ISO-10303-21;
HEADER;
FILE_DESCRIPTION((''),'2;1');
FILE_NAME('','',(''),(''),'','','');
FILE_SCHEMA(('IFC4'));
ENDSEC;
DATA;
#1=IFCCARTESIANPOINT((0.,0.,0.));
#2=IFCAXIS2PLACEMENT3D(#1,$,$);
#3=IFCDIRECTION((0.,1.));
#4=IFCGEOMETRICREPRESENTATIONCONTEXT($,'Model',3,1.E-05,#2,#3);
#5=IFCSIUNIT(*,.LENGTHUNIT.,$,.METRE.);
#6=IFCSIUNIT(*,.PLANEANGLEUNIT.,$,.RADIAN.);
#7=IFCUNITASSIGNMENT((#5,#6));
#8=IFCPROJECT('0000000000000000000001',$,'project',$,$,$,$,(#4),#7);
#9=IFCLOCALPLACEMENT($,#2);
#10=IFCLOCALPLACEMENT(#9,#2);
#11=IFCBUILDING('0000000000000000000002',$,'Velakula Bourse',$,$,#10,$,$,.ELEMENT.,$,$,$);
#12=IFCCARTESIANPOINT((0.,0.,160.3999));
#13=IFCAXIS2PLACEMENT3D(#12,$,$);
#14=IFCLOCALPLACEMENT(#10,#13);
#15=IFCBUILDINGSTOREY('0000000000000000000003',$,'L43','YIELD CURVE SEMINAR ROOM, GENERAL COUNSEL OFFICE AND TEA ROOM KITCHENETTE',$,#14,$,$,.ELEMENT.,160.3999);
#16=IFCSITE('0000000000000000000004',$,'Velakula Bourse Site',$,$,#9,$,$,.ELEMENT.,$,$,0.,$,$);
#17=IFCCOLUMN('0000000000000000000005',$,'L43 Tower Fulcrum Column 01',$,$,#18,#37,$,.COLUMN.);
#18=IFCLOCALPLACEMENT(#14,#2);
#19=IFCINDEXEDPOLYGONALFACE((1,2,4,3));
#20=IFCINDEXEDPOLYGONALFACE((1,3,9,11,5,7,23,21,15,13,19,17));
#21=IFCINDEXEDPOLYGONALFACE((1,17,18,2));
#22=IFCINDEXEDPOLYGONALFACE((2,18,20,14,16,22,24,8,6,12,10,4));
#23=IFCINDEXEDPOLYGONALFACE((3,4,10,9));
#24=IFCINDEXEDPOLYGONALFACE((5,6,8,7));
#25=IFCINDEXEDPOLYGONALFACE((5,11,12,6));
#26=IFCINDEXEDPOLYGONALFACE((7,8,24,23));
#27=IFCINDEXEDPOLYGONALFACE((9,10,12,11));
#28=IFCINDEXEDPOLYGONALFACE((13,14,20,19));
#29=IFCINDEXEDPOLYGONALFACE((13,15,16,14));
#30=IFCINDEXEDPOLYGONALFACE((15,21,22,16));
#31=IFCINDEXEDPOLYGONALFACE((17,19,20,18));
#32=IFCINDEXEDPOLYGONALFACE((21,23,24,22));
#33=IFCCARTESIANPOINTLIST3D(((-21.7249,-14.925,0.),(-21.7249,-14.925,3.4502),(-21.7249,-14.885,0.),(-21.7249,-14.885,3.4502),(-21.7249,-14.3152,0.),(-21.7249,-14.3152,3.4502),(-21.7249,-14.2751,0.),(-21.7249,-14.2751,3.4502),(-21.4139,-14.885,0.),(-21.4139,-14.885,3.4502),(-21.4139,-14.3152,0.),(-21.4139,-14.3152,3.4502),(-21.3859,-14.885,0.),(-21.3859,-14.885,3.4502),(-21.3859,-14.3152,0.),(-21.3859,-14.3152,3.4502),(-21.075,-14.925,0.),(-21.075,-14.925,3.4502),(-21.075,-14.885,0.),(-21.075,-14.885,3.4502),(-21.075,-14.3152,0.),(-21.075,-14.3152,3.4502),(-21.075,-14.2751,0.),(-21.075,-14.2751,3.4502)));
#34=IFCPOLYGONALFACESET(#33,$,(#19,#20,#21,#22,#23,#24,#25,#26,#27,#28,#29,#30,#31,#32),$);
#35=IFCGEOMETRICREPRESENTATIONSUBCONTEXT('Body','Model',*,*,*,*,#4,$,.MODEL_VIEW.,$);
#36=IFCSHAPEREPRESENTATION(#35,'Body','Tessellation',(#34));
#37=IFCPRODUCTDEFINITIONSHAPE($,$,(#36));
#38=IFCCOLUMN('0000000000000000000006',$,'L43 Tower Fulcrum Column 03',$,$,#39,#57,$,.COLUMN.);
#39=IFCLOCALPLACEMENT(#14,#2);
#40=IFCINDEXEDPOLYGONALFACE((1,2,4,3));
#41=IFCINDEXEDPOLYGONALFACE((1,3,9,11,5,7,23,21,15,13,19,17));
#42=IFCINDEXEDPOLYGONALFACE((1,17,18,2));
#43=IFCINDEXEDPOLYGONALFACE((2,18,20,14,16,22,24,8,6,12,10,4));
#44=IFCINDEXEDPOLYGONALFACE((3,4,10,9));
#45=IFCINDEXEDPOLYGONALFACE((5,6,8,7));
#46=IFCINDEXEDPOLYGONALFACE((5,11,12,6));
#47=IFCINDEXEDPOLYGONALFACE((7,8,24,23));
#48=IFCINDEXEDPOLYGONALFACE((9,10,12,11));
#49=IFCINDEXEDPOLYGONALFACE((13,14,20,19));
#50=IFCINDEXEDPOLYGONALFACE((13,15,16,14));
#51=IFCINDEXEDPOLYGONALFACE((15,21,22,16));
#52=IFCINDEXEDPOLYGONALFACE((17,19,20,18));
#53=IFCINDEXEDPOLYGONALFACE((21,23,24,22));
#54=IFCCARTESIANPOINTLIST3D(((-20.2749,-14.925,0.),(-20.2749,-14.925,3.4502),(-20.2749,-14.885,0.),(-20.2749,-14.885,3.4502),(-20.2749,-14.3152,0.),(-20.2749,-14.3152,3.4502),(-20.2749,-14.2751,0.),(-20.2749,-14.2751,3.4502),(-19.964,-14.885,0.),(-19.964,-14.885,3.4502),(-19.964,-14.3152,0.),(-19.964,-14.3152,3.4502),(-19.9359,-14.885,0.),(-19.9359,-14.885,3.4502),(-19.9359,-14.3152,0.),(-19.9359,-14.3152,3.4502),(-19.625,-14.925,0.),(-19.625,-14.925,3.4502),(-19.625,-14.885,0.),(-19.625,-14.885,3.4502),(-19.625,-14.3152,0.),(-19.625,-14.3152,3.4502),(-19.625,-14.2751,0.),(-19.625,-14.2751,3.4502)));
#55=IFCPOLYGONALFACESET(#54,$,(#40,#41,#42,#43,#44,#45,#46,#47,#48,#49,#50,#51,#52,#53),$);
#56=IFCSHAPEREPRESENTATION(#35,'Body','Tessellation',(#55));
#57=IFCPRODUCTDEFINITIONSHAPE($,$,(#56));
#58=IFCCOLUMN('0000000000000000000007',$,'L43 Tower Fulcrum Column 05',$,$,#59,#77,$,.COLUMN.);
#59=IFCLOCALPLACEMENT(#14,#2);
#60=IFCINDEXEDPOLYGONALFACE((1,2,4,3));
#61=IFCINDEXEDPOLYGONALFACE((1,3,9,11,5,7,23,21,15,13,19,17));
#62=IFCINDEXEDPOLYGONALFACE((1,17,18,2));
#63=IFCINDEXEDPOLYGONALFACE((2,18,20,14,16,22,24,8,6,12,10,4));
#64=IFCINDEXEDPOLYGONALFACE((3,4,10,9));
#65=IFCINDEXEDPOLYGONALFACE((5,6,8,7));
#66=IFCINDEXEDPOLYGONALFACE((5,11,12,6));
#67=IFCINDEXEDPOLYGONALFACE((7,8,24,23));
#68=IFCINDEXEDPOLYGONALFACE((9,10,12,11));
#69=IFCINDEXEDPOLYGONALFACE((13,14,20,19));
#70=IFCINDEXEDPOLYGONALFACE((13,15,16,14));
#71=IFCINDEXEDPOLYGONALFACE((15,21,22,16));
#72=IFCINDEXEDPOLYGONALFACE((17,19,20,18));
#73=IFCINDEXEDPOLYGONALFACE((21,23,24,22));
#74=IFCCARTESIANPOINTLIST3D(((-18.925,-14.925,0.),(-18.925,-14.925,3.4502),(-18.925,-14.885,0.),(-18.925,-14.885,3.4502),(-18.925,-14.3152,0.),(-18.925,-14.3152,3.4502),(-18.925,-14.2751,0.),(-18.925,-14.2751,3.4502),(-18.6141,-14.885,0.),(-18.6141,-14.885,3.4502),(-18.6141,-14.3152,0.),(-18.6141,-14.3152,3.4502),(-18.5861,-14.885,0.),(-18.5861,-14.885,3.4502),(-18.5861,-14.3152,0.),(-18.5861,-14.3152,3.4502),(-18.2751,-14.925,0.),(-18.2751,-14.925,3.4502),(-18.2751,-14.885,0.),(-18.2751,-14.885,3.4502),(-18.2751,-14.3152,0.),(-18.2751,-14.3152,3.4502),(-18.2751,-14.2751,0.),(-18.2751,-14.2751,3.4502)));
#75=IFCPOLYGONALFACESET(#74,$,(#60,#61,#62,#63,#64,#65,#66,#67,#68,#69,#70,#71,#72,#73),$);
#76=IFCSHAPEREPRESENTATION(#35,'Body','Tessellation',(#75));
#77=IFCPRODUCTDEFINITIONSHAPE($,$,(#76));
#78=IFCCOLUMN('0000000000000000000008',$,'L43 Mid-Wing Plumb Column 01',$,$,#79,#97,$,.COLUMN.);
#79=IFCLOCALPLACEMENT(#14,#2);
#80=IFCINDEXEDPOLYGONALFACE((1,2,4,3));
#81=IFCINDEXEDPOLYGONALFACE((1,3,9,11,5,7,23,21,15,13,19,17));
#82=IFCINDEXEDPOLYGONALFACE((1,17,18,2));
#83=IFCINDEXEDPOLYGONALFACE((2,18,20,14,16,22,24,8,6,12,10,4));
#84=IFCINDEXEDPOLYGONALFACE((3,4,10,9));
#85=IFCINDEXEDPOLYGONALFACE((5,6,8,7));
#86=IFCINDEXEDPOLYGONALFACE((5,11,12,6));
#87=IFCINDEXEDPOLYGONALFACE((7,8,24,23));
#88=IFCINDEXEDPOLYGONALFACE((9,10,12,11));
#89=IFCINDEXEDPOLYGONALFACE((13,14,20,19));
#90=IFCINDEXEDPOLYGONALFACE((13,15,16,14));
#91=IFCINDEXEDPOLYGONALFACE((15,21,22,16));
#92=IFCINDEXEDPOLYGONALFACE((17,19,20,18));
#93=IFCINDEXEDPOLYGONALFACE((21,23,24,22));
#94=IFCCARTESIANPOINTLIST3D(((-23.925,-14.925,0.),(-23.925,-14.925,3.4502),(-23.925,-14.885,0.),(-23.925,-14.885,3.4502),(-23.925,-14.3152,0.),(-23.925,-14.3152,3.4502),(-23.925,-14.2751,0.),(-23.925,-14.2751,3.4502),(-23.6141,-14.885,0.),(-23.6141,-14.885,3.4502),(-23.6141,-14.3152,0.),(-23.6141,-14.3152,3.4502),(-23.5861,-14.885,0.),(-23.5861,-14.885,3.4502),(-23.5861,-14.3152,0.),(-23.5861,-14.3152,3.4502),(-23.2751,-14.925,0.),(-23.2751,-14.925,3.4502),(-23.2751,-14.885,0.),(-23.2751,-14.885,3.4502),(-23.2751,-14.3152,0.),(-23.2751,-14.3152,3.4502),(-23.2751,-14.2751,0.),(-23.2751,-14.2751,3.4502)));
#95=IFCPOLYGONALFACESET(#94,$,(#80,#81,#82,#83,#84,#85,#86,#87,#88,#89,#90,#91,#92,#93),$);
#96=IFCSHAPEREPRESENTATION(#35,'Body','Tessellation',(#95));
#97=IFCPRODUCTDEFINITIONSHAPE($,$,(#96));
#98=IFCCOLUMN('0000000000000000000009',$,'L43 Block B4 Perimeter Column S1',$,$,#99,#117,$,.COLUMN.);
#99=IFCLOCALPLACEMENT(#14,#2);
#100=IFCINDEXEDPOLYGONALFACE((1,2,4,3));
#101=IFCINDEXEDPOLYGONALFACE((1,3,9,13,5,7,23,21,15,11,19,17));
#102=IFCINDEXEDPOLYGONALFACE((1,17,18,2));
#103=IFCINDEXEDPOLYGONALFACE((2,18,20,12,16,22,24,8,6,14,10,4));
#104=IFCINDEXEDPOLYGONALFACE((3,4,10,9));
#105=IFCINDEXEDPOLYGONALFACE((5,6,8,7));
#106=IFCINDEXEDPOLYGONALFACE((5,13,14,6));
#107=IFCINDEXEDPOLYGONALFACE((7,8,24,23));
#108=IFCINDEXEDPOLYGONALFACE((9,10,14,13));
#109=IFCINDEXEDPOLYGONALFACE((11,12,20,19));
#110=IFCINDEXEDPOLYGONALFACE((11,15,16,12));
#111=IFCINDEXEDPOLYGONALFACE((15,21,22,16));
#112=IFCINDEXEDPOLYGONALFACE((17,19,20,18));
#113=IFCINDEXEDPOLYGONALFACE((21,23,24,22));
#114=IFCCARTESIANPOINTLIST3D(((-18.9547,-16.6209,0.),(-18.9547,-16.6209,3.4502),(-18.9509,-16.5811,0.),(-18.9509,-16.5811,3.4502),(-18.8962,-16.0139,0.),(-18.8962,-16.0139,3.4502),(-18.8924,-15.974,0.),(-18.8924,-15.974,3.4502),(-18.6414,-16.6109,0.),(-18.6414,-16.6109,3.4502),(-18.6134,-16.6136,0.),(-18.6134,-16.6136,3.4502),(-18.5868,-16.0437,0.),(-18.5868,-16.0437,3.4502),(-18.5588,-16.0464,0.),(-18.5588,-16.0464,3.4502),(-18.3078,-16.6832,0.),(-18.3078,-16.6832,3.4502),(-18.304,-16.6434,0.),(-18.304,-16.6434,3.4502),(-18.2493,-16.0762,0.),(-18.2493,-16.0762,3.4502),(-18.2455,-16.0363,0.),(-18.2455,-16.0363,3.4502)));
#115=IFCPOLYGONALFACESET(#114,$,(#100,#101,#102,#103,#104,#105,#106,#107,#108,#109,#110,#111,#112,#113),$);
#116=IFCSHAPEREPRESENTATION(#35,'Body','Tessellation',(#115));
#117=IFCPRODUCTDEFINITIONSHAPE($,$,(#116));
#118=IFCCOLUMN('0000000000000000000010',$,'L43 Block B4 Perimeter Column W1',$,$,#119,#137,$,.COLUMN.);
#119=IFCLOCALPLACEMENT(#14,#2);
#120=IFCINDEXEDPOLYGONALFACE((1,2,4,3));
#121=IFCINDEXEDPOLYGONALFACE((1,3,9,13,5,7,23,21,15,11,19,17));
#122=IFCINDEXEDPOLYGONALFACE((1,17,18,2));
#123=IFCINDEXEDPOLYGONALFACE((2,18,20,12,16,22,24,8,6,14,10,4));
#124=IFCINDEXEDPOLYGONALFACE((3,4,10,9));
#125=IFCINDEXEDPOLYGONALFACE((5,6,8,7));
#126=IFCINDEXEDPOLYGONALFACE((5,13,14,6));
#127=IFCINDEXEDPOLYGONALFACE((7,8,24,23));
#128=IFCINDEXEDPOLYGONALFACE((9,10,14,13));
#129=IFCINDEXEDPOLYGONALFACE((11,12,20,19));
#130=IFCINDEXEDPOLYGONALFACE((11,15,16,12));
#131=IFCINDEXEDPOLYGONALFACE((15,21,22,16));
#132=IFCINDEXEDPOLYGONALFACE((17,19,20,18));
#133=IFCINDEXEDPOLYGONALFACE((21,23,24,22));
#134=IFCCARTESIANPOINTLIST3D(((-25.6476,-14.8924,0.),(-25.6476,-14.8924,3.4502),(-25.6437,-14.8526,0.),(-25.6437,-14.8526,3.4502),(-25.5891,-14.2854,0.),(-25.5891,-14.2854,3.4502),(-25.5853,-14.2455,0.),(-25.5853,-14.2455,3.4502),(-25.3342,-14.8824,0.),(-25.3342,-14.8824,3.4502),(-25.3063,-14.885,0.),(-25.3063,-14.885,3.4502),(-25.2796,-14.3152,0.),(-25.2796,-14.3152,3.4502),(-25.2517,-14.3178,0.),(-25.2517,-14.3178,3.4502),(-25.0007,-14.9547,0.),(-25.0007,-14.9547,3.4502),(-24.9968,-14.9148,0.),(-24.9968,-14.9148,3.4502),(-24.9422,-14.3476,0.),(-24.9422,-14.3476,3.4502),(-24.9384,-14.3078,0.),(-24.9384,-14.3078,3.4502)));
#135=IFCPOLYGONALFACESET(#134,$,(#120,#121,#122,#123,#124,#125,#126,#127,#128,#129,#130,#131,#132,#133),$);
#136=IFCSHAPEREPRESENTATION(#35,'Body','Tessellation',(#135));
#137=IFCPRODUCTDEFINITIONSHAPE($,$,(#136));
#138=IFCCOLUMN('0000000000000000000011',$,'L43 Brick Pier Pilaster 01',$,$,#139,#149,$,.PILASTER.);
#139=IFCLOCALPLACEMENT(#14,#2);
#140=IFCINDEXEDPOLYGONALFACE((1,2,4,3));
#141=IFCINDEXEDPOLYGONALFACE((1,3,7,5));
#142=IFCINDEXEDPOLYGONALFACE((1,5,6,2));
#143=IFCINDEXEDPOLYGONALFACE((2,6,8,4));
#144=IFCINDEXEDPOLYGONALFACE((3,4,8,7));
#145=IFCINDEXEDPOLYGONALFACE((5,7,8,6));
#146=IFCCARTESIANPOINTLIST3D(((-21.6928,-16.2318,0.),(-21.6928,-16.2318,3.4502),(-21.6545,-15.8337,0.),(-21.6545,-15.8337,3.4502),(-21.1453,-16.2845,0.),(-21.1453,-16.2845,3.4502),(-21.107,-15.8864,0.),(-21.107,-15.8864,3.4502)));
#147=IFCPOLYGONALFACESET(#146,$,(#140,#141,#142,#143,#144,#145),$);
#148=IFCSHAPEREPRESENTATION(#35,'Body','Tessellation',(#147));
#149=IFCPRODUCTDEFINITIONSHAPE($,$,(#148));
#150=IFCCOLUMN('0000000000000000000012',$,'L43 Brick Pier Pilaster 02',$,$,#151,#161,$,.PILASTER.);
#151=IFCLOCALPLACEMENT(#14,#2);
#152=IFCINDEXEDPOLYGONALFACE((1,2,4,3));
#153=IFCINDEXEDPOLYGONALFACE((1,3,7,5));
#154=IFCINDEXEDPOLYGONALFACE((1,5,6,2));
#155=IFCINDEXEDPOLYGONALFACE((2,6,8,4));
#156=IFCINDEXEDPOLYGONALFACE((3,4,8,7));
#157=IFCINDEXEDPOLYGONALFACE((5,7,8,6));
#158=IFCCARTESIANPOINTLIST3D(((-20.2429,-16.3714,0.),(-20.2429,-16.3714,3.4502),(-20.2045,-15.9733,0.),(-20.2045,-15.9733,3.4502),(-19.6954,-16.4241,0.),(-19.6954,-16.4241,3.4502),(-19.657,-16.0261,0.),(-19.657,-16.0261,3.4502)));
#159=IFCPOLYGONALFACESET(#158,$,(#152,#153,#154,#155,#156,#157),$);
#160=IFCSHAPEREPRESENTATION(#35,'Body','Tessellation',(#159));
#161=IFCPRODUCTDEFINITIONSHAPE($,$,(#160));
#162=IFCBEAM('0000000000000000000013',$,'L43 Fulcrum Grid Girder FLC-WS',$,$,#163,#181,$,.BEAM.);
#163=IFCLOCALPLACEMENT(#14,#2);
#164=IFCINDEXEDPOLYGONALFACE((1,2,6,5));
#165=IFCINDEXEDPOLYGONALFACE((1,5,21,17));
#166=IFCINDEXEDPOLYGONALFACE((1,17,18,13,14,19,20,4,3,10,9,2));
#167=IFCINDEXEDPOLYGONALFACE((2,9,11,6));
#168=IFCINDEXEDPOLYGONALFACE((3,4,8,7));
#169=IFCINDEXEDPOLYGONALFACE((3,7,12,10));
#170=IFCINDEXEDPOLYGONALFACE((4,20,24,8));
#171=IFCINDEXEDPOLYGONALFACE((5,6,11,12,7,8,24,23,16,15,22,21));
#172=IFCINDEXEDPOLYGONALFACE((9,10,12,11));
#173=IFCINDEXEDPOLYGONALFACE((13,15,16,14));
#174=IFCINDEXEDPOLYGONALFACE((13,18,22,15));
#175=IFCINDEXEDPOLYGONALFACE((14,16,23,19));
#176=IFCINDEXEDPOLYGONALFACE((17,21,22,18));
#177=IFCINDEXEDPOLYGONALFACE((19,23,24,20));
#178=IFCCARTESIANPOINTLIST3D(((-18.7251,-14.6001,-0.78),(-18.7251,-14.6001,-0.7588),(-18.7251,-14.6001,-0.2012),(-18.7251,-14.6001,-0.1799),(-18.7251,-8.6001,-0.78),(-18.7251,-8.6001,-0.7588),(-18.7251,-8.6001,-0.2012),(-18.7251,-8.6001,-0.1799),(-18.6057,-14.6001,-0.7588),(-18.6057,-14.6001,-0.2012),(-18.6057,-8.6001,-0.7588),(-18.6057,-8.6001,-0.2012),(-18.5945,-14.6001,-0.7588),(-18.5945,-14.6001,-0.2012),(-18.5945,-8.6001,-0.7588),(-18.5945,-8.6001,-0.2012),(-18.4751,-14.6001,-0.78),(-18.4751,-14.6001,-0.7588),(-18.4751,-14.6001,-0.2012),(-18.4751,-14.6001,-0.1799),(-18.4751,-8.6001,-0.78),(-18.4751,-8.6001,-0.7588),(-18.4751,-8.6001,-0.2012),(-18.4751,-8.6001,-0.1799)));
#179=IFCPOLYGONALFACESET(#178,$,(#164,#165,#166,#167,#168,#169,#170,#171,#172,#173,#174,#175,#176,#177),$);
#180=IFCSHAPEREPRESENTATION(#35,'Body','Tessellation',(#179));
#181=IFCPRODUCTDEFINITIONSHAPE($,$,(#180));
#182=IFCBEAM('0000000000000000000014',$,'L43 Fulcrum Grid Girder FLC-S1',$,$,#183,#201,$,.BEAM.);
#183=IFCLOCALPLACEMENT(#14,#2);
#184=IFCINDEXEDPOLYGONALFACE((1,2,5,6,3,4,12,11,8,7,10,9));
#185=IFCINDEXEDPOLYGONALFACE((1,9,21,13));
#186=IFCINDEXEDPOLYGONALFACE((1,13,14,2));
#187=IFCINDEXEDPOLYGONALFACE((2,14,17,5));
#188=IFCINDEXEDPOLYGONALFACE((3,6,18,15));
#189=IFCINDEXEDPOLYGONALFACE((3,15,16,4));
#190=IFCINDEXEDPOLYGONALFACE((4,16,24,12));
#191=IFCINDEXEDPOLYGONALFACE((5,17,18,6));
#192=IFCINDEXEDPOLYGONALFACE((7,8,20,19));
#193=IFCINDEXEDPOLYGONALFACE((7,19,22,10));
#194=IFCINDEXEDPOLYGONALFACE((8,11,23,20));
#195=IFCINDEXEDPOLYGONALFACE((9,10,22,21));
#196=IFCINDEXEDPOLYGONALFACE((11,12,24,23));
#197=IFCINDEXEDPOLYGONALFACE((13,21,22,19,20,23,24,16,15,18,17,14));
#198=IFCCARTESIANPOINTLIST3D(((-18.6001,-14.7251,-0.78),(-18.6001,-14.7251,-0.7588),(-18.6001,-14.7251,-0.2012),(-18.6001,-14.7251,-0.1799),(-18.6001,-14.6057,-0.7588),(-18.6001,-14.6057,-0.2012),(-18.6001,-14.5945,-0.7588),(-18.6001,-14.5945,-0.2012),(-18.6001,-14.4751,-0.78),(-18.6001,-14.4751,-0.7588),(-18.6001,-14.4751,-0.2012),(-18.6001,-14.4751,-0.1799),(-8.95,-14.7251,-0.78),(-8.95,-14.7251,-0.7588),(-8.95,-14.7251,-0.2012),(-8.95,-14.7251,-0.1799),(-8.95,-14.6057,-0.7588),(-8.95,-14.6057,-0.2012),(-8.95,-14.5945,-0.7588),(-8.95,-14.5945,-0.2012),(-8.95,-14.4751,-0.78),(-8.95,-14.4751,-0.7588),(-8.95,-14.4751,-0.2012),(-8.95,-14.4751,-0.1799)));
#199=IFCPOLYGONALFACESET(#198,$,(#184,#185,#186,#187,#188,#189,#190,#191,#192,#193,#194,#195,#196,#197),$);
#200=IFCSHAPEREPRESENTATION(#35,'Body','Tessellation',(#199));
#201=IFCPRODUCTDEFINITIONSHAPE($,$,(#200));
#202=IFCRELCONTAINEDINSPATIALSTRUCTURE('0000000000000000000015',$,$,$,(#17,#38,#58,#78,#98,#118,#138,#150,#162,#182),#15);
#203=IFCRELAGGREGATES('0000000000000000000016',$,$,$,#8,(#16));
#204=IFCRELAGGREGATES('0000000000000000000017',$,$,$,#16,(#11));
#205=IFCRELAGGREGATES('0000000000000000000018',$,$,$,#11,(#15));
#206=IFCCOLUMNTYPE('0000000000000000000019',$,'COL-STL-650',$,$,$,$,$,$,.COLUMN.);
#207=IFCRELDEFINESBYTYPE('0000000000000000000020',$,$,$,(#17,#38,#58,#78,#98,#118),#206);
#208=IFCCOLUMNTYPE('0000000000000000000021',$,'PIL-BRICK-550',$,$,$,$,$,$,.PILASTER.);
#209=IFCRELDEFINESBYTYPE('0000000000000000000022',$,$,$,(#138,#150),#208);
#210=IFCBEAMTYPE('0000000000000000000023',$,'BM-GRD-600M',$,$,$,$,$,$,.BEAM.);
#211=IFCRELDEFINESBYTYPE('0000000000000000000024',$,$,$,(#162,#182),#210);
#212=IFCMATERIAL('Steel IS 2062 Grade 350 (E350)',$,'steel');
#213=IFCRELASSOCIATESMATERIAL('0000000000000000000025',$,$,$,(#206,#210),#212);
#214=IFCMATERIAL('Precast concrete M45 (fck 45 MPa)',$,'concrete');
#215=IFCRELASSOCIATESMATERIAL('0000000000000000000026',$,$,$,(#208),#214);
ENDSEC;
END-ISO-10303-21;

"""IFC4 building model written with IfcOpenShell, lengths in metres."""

from ifc_helpers import new_model, si_unit, direction, frame, origin, origin_2d, place, context, subcontext, project, spatial, rectangle, i_section, extrude, material, material_profile, profile_set, type_object, element, save


model = new_model("IFC4")

# Units and contexts
model_context = context("Model", 3, precision=1e-05, world=origin(), true_north=direction((0.0, 1.0)))
body_context = subcontext(model_context, "Body", "Model", "MODEL_VIEW")
ifc_project = project(units=[si_unit("LENGTHUNIT", "METRE"), si_unit("PLANEANGLEUNIT", "RADIAN")], contexts=[model_context])

# Site, building, storey
site_placement = place(None, origin())
site = spatial("IfcSite", under=ifc_project, at=site_placement, Name="Velakula Bourse Site", CompositionType="ELEMENT", RefElevation=0.0)
building_placement = place(site_placement, origin())
building = spatial("IfcBuilding", under=site, at=building_placement, Name="Velakula Bourse", CompositionType="ELEMENT")
storey_placement = place(building_placement, frame((0.0, 0.0, 160.3999)))
storey = spatial("IfcBuildingStorey", under=building, at=storey_placement, Name="L43", Description="YIELD CURVE SEMINAR ROOM, GENERAL COUNSEL OFFICE AND TEA ROOM KITCHENETTE", CompositionType="ELEMENT", Elevation=160.3999)

# Columns
ifc_material_1 = material(Name="Steel IS 2062 Grade 350 (E350)", Category="steel")
ifc_material_profile_1 = material_profile(ifc_material_1, i_section(OverallWidth=0.6499, OverallDepth=0.6499, WebThickness=0.0281, FlangeThickness=0.04, at=origin_2d()), Name="Steel IS 2062 Grade 350 (E350)")
ifc_profile_set_1 = profile_set([ifc_material_profile_1], Name="Steel IS 2062 Grade 350 (E350)")
column_type_1 = type_object("IfcColumnType", Name="COL-STL-650", PredefinedType="COLUMN", material=ifc_profile_set_1)
for number, where, z_axis, x_axis, name in (
    (1, (-21.3999, -14.6001, 0.0), (0.0, 0.0, 1.0), (1.0, 0.0, 0.0), "L43 Tower Fulcrum Column 01"),
    (2, (-19.95, -14.6001, 0.0), (0.0, 0.0, 1.0), (1.0, 0.0, 0.0), "L43 Tower Fulcrum Column 03"),
    (3, (-18.6001, -14.6001, 0.0), (0.0, 0.0, 1.0), (1.0, 0.0, 0.0), "L43 Tower Fulcrum Column 05"),
    (4, (-23.6001, -14.6001, 0.0), (0.0, 0.0, 1.0), (1.0, 0.0, 0.0), "L43 Mid-Wing Plumb Column 01"),
    (5, (-18.6001, -16.3286, 0.0), (0.0, 0.0, 1.0), (0.995396, -0.095846, 0.0), "L43 Block B4 Perimeter Column S1"),
    (6, (-25.293, -14.6001, 0.0), (0.0, 0.0, 1.0), (0.995396, -0.095846, 0.0), "L43 Block B4 Perimeter Column W1"),
):
    element("IfcColumn", number, at=place(storey_placement, frame(where, z_axis=z_axis, x_axis=x_axis)), inside=storey, type_object=column_type_1, Name=name, PredefinedType="COLUMN", context=body_context, shape_type="SweptSolid", body=[
        extrude(i_section(OverallWidth=0.6499, OverallDepth=0.6499, WebThickness=0.0281, FlangeThickness=0.04, at=origin_2d()), origin(), (0.0, 0.0, 1.0), 3.4502),
    ])
ifc_material_2 = material(Name="Precast concrete M45 (fck 45 MPa)", Category="concrete")
ifc_material_profile_2 = material_profile(ifc_material_2, rectangle(XDim=0.55, YDim=0.3999, at=origin_2d()), Name="Precast concrete M45 (fck 45 MPa)")
ifc_profile_set_2 = profile_set([ifc_material_profile_2], Name="Precast concrete M45 (fck 45 MPa)")
column_type_2 = type_object("IfcColumnType", Name="PIL-BRICK-550", PredefinedType="PILASTER", material=ifc_profile_set_2)
for number, where, z_axis, x_axis, name in (
    (7, (-21.3999, -16.0591, 0.0), (0.0, 0.0, 1.0), (0.995396, -0.095846, 0.0), "L43 Brick Pier Pilaster 01"),
    (8, (-19.95, -16.1987, 0.0), (0.0, 0.0, 1.0), (0.995396, -0.095846, 0.0), "L43 Brick Pier Pilaster 02"),
):
    element("IfcColumn", number, at=place(storey_placement, frame(where, z_axis=z_axis, x_axis=x_axis)), inside=storey, type_object=column_type_2, Name=name, PredefinedType="PILASTER", context=body_context, shape_type="SweptSolid", body=[
        extrude(rectangle(XDim=0.55, YDim=0.3999, at=origin_2d()), origin(), (0.0, 0.0, 1.0), 3.4502),
    ])

# Beams
ifc_material_profile_3 = material_profile(ifc_material_1, i_section(OverallWidth=0.25, OverallDepth=0.6001, WebThickness=0.0112, FlangeThickness=0.0212, at=origin_2d()), Name="Steel IS 2062 Grade 350 (E350)")
ifc_profile_set_3 = profile_set([ifc_material_profile_3], Name="Steel IS 2062 Grade 350 (E350)")
beam_type_1 = type_object("IfcBeamType", Name="BM-GRD-600M", PredefinedType="BEAM", material=ifc_profile_set_3)
beam_1_placement = place(storey_placement, frame((-18.6001, -14.6001, -0.48), z_axis=(0.0, 1.0, 0.0), x_axis=(-1.0, 0.0, 0.0)))
element("IfcBeam", 9, at=beam_1_placement, inside=storey, type_object=beam_type_1, Name="L43 Fulcrum Grid Girder FLC-WS", PredefinedType="BEAM", context=body_context, shape_type="SweptSolid", body=[
    extrude(i_section(OverallWidth=0.25, OverallDepth=0.6001, WebThickness=0.0112, FlangeThickness=0.0212, at=origin_2d()), origin(), (0.0, 0.0, 1.0), 6.0),
])
beam_2_placement = place(storey_placement, frame((-18.6001, -14.6001, -0.48), z_axis=(1.0, 0.0, 0.0), x_axis=(0.0, 1.0, 0.0)))
element("IfcBeam", 10, at=beam_2_placement, inside=storey, type_object=beam_type_1, Name="L43 Fulcrum Grid Girder FLC-S1", PredefinedType="BEAM", context=body_context, shape_type="SweptSolid", body=[
    extrude(i_section(OverallWidth=0.25, OverallDepth=0.6001, WebThickness=0.0112, FlangeThickness=0.0212, at=origin_2d()), origin(), (0.0, 0.0, 1.0), 9.6501),
])

save(model, "model.ifc")
